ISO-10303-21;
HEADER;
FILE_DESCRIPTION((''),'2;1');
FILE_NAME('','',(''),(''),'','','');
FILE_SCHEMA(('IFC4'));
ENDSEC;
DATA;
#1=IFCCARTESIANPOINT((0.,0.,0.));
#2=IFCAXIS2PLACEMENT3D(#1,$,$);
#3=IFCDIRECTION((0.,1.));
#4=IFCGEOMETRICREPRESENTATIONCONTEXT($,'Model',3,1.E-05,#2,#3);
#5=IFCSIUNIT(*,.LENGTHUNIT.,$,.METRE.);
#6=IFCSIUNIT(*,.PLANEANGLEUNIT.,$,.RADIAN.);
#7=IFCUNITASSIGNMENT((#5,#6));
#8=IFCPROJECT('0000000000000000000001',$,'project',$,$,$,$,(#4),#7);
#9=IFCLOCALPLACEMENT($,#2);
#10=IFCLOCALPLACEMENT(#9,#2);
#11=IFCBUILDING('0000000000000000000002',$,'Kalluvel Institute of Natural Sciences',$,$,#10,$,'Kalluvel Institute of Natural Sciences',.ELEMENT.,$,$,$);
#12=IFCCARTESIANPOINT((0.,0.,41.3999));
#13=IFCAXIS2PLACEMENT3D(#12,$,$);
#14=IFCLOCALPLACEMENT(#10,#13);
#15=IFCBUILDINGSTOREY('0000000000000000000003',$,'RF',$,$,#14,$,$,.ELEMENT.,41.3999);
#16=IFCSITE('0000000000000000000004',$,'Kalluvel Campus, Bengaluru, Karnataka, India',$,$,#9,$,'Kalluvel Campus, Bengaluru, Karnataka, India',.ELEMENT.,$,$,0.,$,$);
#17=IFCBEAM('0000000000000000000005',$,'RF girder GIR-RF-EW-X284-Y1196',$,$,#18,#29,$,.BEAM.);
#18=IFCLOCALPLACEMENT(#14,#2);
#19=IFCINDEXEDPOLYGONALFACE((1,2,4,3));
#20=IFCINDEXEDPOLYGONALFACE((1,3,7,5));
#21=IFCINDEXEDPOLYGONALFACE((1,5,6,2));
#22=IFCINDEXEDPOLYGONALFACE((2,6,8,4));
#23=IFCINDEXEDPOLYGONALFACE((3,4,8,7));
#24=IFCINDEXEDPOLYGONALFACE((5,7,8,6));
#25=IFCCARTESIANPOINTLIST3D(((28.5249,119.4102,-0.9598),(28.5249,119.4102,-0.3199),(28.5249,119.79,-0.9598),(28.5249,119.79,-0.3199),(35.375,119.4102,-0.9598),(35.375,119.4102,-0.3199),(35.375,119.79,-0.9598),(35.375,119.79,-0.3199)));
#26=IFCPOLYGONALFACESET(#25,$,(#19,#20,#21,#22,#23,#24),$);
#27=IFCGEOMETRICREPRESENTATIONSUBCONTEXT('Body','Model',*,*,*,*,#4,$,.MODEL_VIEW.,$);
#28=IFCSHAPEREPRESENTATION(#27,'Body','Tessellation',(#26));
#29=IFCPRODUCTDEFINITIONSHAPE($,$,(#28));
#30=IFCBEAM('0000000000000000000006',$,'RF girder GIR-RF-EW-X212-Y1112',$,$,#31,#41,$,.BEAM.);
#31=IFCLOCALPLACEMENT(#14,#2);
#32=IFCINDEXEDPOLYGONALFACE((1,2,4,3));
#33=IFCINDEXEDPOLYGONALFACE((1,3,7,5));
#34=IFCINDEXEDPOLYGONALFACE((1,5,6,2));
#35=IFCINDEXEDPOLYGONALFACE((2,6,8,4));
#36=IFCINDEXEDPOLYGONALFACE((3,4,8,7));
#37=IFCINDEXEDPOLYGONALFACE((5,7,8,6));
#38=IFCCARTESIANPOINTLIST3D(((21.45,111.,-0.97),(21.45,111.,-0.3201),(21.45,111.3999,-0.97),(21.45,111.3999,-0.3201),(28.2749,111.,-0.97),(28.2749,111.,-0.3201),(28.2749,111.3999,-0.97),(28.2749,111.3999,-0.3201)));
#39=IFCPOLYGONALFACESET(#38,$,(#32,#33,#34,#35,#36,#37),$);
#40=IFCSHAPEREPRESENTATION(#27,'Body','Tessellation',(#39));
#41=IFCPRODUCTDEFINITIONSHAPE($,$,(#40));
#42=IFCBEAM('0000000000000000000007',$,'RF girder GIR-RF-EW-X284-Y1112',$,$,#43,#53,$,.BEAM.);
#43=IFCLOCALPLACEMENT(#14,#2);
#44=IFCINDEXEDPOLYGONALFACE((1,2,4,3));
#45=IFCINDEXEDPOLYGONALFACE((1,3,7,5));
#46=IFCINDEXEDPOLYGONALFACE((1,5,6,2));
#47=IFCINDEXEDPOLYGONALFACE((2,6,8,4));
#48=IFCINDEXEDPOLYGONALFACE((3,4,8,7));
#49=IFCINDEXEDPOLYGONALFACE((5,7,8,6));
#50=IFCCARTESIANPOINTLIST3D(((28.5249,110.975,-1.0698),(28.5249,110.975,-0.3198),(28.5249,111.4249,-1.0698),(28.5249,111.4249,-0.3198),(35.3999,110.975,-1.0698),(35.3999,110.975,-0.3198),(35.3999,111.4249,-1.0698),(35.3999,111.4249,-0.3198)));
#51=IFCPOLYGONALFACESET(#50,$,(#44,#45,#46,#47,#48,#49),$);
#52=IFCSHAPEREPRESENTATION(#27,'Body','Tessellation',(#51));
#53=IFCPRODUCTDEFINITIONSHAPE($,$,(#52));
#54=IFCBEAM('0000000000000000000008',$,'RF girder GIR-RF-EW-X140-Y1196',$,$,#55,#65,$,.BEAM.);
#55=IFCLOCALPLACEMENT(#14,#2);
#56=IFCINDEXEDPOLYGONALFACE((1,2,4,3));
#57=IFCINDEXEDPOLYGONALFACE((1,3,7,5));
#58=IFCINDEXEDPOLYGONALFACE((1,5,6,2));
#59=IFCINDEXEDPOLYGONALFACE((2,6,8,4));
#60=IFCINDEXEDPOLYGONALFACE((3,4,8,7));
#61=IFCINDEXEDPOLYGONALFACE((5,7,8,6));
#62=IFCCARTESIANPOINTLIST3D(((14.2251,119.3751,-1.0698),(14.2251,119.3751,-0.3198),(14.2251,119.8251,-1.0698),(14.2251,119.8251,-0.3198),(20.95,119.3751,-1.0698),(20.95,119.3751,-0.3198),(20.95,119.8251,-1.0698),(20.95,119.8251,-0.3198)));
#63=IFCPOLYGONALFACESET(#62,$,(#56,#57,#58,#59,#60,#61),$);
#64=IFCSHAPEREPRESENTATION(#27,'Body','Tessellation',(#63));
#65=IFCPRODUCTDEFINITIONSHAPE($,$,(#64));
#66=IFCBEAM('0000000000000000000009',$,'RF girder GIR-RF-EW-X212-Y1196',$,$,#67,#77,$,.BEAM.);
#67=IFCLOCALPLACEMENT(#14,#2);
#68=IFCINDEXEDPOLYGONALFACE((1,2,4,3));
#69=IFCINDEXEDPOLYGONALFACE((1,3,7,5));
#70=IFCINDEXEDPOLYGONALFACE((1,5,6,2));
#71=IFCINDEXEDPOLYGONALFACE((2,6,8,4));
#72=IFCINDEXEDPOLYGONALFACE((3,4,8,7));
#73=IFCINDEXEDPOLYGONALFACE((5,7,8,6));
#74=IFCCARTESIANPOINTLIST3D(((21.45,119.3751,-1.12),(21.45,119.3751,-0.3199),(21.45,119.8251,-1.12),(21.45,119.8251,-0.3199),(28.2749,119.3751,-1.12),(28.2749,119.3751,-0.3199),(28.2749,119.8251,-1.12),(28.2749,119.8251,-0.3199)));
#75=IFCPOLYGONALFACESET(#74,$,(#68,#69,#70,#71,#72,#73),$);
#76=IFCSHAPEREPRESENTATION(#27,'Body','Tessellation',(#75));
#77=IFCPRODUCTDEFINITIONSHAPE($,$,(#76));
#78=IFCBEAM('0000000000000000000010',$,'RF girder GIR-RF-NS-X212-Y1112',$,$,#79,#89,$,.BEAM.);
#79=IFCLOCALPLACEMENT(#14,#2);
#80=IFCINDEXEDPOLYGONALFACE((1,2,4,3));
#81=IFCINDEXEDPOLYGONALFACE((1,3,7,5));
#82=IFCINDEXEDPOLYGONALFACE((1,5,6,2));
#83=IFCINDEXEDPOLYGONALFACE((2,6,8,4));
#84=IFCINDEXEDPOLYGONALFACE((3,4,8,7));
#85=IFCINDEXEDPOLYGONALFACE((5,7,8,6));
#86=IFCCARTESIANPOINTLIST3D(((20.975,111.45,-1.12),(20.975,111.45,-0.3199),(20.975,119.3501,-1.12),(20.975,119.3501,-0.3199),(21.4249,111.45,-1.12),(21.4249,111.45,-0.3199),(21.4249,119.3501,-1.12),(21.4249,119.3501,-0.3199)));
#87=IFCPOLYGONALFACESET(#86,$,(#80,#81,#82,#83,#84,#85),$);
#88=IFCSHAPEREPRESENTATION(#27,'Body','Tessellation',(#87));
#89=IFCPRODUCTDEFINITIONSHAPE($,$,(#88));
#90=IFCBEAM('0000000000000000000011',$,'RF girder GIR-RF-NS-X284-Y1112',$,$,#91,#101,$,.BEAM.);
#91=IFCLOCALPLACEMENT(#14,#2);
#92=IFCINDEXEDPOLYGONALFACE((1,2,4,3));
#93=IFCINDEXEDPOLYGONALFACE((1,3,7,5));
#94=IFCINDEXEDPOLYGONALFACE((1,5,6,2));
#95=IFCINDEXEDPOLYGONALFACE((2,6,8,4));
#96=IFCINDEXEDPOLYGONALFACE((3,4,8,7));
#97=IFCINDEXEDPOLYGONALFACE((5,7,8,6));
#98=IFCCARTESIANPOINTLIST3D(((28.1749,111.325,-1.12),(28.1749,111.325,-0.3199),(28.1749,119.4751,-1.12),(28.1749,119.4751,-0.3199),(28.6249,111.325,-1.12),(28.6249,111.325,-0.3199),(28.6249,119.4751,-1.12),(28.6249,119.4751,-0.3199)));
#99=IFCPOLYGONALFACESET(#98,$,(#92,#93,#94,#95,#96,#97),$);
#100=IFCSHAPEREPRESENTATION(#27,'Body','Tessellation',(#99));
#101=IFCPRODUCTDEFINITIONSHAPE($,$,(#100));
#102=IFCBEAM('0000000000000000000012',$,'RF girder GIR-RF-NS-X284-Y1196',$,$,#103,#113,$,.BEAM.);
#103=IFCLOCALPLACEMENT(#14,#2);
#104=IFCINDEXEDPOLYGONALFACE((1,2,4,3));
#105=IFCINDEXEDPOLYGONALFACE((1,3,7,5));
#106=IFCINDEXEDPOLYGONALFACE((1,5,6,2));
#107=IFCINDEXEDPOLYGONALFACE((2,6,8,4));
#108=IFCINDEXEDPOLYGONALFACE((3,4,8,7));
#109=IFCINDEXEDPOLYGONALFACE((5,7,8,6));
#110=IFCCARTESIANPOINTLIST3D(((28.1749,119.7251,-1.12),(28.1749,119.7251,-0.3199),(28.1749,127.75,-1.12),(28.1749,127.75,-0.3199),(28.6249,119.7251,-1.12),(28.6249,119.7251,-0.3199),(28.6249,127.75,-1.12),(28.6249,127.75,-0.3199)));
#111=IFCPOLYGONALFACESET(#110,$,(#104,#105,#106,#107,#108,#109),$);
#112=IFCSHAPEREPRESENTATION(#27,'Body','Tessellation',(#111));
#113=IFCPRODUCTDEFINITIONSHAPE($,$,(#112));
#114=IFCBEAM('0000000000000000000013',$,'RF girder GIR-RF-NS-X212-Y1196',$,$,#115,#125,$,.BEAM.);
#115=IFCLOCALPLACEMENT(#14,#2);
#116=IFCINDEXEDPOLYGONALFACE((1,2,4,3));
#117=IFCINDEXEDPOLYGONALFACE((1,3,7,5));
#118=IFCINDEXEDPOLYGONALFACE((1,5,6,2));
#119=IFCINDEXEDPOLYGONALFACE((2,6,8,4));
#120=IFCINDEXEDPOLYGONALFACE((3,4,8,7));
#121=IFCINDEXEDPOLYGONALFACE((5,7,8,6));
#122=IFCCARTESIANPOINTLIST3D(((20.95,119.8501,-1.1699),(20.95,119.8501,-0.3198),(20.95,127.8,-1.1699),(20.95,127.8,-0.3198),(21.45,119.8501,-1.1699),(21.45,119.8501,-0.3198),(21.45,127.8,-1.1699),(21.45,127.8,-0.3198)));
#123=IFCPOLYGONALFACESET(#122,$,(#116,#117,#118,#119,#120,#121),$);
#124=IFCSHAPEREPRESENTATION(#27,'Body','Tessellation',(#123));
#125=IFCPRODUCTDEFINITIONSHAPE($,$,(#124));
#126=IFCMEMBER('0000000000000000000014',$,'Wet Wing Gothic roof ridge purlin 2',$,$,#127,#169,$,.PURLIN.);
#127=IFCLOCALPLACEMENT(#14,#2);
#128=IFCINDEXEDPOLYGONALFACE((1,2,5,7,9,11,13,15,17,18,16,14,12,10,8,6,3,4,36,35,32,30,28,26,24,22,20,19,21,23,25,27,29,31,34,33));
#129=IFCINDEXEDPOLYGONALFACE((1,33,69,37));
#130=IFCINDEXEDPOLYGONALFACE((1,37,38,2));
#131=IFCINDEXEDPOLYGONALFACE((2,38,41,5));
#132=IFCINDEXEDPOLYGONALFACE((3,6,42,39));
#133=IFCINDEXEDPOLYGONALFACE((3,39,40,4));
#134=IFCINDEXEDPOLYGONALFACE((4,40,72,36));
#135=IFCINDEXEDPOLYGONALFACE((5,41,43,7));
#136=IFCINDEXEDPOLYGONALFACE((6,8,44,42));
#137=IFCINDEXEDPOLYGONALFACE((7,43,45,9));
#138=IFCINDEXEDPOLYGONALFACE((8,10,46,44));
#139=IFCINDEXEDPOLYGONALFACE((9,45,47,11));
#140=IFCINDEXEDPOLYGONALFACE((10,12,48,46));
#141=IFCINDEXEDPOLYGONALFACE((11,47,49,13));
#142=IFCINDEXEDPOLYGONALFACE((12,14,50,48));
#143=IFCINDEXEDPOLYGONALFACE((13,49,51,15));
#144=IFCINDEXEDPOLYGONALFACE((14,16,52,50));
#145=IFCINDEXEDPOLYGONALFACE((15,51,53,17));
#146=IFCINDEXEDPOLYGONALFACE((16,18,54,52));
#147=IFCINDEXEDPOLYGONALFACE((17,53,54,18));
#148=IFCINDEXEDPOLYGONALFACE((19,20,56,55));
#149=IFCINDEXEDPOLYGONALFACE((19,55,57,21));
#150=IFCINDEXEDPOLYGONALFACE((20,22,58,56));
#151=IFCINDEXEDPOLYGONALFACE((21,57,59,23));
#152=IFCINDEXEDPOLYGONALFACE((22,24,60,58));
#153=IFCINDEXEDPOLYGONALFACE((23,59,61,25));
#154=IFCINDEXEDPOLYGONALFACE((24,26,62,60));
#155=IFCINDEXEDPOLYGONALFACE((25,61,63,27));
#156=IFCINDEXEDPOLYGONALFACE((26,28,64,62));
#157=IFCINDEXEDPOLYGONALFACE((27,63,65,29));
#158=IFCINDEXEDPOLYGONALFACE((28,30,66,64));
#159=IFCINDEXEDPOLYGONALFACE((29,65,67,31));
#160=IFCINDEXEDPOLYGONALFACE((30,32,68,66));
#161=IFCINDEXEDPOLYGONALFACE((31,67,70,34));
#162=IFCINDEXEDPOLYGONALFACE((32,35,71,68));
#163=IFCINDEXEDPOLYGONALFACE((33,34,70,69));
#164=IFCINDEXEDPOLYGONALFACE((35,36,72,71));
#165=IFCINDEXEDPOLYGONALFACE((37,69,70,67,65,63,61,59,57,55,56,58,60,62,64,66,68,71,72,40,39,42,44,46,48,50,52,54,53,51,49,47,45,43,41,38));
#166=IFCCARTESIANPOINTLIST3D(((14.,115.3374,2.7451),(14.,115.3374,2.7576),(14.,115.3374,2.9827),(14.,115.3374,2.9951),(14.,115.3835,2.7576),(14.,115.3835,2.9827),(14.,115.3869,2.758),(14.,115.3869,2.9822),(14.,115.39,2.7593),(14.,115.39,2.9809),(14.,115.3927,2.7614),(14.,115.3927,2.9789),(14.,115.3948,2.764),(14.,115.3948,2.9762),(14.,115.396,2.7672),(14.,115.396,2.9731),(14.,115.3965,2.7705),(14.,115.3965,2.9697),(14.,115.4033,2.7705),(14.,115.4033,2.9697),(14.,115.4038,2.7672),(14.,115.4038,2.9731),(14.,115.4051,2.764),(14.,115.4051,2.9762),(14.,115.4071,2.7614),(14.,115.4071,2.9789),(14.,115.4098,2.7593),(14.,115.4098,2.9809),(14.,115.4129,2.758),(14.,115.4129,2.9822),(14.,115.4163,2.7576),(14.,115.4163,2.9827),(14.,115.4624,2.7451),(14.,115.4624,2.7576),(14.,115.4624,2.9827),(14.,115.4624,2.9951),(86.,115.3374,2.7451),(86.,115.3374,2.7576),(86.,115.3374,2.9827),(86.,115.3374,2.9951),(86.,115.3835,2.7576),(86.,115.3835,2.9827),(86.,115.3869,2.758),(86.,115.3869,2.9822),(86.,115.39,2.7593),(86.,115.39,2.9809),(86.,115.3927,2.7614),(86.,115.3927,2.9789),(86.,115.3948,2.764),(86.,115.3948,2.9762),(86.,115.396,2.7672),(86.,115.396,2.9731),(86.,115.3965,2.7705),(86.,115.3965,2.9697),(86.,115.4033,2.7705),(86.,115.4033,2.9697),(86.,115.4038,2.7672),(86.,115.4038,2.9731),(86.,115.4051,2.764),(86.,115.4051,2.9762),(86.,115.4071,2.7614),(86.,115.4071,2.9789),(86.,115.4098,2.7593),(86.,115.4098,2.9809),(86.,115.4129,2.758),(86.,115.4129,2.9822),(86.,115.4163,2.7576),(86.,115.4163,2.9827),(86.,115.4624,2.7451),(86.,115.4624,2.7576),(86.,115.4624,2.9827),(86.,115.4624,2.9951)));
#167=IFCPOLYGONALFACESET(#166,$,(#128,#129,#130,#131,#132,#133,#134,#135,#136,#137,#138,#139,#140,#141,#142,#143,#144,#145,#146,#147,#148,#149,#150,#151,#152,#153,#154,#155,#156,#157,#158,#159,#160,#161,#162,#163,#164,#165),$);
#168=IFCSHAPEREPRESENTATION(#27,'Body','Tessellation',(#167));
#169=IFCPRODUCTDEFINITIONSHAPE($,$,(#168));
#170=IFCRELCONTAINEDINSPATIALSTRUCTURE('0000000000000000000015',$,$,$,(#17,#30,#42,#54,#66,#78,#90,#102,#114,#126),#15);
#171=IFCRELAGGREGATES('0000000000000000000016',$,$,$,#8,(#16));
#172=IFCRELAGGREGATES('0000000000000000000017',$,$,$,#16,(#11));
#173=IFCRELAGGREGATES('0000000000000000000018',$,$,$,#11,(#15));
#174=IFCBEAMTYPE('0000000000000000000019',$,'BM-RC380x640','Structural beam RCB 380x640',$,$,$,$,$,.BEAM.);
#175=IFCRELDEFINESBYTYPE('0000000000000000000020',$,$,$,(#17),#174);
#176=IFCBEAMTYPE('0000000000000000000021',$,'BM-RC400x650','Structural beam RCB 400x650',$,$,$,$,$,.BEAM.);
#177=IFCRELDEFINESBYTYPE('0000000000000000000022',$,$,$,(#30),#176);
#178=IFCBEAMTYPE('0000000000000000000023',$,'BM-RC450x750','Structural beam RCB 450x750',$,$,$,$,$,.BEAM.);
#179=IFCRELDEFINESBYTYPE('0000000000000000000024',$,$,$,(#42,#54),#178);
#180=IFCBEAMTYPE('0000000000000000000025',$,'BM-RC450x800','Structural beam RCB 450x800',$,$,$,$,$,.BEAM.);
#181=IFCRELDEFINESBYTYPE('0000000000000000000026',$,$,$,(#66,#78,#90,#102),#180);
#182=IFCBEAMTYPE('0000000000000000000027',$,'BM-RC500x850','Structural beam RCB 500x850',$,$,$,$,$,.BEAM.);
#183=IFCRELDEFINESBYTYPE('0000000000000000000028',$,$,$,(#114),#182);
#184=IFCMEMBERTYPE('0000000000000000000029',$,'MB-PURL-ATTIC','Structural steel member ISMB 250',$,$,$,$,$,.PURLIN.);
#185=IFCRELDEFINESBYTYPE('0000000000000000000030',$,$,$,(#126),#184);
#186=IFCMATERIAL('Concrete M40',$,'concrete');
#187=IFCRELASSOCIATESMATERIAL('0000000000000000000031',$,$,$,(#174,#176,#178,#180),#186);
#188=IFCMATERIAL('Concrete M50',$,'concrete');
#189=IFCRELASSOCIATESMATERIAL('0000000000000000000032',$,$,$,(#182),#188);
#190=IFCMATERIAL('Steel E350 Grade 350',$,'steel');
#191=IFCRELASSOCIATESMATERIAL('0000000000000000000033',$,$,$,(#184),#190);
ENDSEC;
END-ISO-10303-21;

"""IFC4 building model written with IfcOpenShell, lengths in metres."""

from ifc_helpers import new_model, si_unit, direction, frame, origin, origin_2d, place, context, subcontext, project, spatial, rectangle, i_section, extrude, material, material_profile, profile_set, type_object, element, save


model = new_model("IFC4")

# Units and contexts
model_context = context("Model", 3, precision=1e-05, world=origin(), true_north=direction((0.0, 1.0)))
body_context = subcontext(model_context, "Body", "Model", "MODEL_VIEW")
ifc_project = project(units=[si_unit("LENGTHUNIT", "METRE"), si_unit("PLANEANGLEUNIT", "RADIAN")], contexts=[model_context])

# Site, building, storey
site_placement = place(None, origin())
site = spatial("IfcSite", under=ifc_project, at=site_placement, Name="Kalluvel Campus, Bengaluru, Karnataka, India", LongName="Kalluvel Campus, Bengaluru, Karnataka, India", CompositionType="ELEMENT", RefElevation=0.0)
building_placement = place(site_placement, origin())
building = spatial("IfcBuilding", under=site, at=building_placement, Name="Kalluvel Institute of Natural Sciences", LongName="Kalluvel Institute of Natural Sciences", CompositionType="ELEMENT")
storey_placement = place(building_placement, frame((0.0, 0.0, 41.3999)))
storey = spatial("IfcBuildingStorey", under=building, at=storey_placement, Name="RF", CompositionType="ELEMENT", Elevation=41.3999)

# Beams
ifc_material_1 = material(Name="Concrete M40", Category="concrete")
ifc_material_profile_1 = material_profile(ifc_material_1, rectangle(XDim=0.3799, YDim=0.6399, at=origin_2d()), Name="RCB 380x640")
ifc_profile_set_1 = profile_set([ifc_material_profile_1], Name="Concrete M40")
beam_type_1 = type_object("IfcBeamType", Name="BM-RC380x640", Description="Structural beam RCB 380x640", PredefinedType="BEAM", material=ifc_profile_set_1)
beam_1_placement = place(storey_placement, frame((28.5249, 119.6001, -0.6399), z_axis=(1.0, 0.0, 0.0), x_axis=(0.0, 1.0, 0.0)))
element("IfcBeam", 1, at=beam_1_placement, inside=storey, type_object=beam_type_1, Name="RF girder GIR-RF-EW-X284-Y1196", PredefinedType="BEAM", context=body_context, shape_type="SweptSolid", body=[
    extrude(rectangle(XDim=0.3799, YDim=0.6399, at=origin_2d()), origin(), (0.0, 0.0, 1.0), 6.8501),
])
ifc_material_profile_2 = material_profile(ifc_material_1, rectangle(XDim=0.3999, YDim=0.6499, at=origin_2d()), Name="RCB 400x650")
ifc_profile_set_2 = profile_set([ifc_material_profile_2], Name="Concrete M40")
beam_type_2 = type_object("IfcBeamType", Name="BM-RC400x650", Description="Structural beam RCB 400x650", PredefinedType="BEAM", material=ifc_profile_set_2)
beam_2_placement = place(storey_placement, frame((21.45, 111.2, -0.645), z_axis=(1.0, 0.0, 0.0), x_axis=(0.0, 1.0, 0.0)))
element("IfcBeam", 2, at=beam_2_placement, inside=storey, type_object=beam_type_2, Name="RF girder GIR-RF-EW-X212-Y1112", PredefinedType="BEAM", context=body_context, shape_type="SweptSolid", body=[
    extrude(rectangle(XDim=0.3999, YDim=0.6499, at=origin_2d()), origin(), (0.0, 0.0, 1.0), 6.825),
])
ifc_material_profile_3 = material_profile(ifc_material_1, rectangle(XDim=0.45, YDim=0.75, at=origin_2d()), Name="RCB 450x750")
ifc_profile_set_3 = profile_set([ifc_material_profile_3], Name="Concrete M40")
beam_type_3 = type_object("IfcBeamType", Name="BM-RC450x750", Description="Structural beam RCB 450x750", PredefinedType="BEAM", material=ifc_profile_set_3)
beam_3_placement = place(storey_placement, frame((28.5249, 111.2, -0.6948), z_axis=(1.0, 0.0, 0.0), x_axis=(0.0, 1.0, 0.0)))
element("IfcBeam", 3, at=beam_3_placement, inside=storey, type_object=beam_type_3, Name="RF girder GIR-RF-EW-X284-Y1112", PredefinedType="BEAM", context=body_context, shape_type="SweptSolid", body=[
    extrude(rectangle(XDim=0.45, YDim=0.75, at=origin_2d()), origin(), (0.0, 0.0, 1.0), 6.875),
])
beam_4_placement = place(storey_placement, frame((14.2251, 119.6001, -0.6948), z_axis=(1.0, 0.0, 0.0), x_axis=(0.0, 1.0, 0.0)))
element("IfcBeam", 4, at=beam_4_placement, inside=storey, type_object=beam_type_3, Name="RF girder GIR-RF-EW-X140-Y1196", PredefinedType="BEAM", context=body_context, shape_type="SweptSolid", body=[
    extrude(rectangle(XDim=0.45, YDim=0.75, at=origin_2d()), origin(), (0.0, 0.0, 1.0), 6.7249),
])
ifc_material_profile_4 = material_profile(ifc_material_1, rectangle(XDim=0.45, YDim=0.8, at=origin_2d()), Name="RCB 450x800")
ifc_profile_set_4 = profile_set([ifc_material_profile_4], Name="Concrete M40")
beam_type_4 = type_object("IfcBeamType", Name="BM-RC450x800", Description="Structural beam RCB 450x800", PredefinedType="BEAM", material=ifc_profile_set_4)
beam_5_placement = place(storey_placement, frame((21.45, 119.6001, -0.72), z_axis=(1.0, 0.0, 0.0), x_axis=(0.0, 1.0, 0.0)))
element("IfcBeam", 5, at=beam_5_placement, inside=storey, type_object=beam_type_4, Name="RF girder GIR-RF-EW-X212-Y1196", PredefinedType="BEAM", context=body_context, shape_type="SweptSolid", body=[
    extrude(rectangle(XDim=0.45, YDim=0.8, at=origin_2d()), origin(), (0.0, 0.0, 1.0), 6.825),
])
beam_6_placement = place(storey_placement, frame((21.2, 111.45, -0.72), z_axis=(0.0, 1.0, 0.0), x_axis=(-1.0, 0.0, 0.0)))
element("IfcBeam", 6, at=beam_6_placement, inside=storey, type_object=beam_type_4, Name="RF girder GIR-RF-NS-X212-Y1112", PredefinedType="BEAM", context=body_context, shape_type="SweptSolid", body=[
    extrude(rectangle(XDim=0.45, YDim=0.8, at=origin_2d()), origin(), (0.0, 0.0, 1.0), 7.9001),
])
beam_7_placement = place(storey_placement, frame((28.3999, 111.325, -0.72), z_axis=(0.0, 1.0, 0.0), x_axis=(-1.0, 0.0, 0.0)))
element("IfcBeam", 7, at=beam_7_placement, inside=storey, type_object=beam_type_4, Name="RF girder GIR-RF-NS-X284-Y1112", PredefinedType="BEAM", context=body_context, shape_type="SweptSolid", body=[
    extrude(rectangle(XDim=0.45, YDim=0.8, at=origin_2d()), origin(), (0.0, 0.0, 1.0), 8.1501),
])
beam_8_placement = place(storey_placement, frame((28.3999, 119.7251, -0.72), z_axis=(0.0, 1.0, 0.0), x_axis=(-1.0, 0.0, 0.0)))
element("IfcBeam", 8, at=beam_8_placement, inside=storey, type_object=beam_type_4, Name="RF girder GIR-RF-NS-X284-Y1196", PredefinedType="BEAM", context=body_context, shape_type="SweptSolid", body=[
    extrude(rectangle(XDim=0.45, YDim=0.8, at=origin_2d()), origin(), (0.0, 0.0, 1.0), 8.0249),
])
ifc_material_2 = material(Name="Concrete M50", Category="concrete")
ifc_material_profile_5 = material_profile(ifc_material_2, rectangle(XDim=0.5, YDim=0.8501, at=origin_2d()), Name="RCB 500x850")
ifc_profile_set_5 = profile_set([ifc_material_profile_5], Name="Concrete M50")
beam_type_5 = type_object("IfcBeamType", Name="BM-RC500x850", Description="Structural beam RCB 500x850", PredefinedType="BEAM", material=ifc_profile_set_5)
beam_9_placement = place(storey_placement, frame((21.2, 119.8501, -0.7449), z_axis=(0.0, 1.0, 0.0), x_axis=(-1.0, 0.0, 0.0)))
element("IfcBeam", 9, at=beam_9_placement, inside=storey, type_object=beam_type_5, Name="RF girder GIR-RF-NS-X212-Y1196", PredefinedType="BEAM", context=body_context, shape_type="SweptSolid", body=[
    extrude(rectangle(XDim=0.5, YDim=0.8501, at=origin_2d()), origin(), (0.0, 0.0, 1.0), 7.95),
])

# Member
ifc_material_3 = material(Name="Steel E350 Grade 350", Category="steel")
ifc_material_profile_6 = material_profile(ifc_material_3, i_section(OverallWidth=0.125, OverallDepth=0.25, WebThickness=0.0068, FlangeThickness=0.0125, FilletRadius=0.0129, at=origin_2d()), Name="ISMB 250")
ifc_profile_set_6 = profile_set([ifc_material_profile_6], Name="Steel E350 Grade 350")
member_type_1 = type_object("IfcMemberType", Name="MB-PURL-ATTIC", Description="Structural steel member ISMB 250", PredefinedType="PURLIN", material=ifc_profile_set_6)
member_placement = place(storey_placement, frame((14.0, 115.3999, 2.8701), z_axis=(1.0, 0.0, 0.0), x_axis=(0.0, 1.0, 0.0)))
element("IfcMember", 10, at=member_placement, inside=storey, type_object=member_type_1, Name="Wet Wing Gothic roof ridge purlin 2", PredefinedType="PURLIN", context=body_context, shape_type="SweptSolid", body=[
    extrude(i_section(OverallWidth=0.125, OverallDepth=0.25, WebThickness=0.0068, FlangeThickness=0.0125, FilletRadius=0.0129, at=origin_2d()), origin(), (0.0, 0.0, 1.0), 72.0),
])

save(model, "model.ifc")
